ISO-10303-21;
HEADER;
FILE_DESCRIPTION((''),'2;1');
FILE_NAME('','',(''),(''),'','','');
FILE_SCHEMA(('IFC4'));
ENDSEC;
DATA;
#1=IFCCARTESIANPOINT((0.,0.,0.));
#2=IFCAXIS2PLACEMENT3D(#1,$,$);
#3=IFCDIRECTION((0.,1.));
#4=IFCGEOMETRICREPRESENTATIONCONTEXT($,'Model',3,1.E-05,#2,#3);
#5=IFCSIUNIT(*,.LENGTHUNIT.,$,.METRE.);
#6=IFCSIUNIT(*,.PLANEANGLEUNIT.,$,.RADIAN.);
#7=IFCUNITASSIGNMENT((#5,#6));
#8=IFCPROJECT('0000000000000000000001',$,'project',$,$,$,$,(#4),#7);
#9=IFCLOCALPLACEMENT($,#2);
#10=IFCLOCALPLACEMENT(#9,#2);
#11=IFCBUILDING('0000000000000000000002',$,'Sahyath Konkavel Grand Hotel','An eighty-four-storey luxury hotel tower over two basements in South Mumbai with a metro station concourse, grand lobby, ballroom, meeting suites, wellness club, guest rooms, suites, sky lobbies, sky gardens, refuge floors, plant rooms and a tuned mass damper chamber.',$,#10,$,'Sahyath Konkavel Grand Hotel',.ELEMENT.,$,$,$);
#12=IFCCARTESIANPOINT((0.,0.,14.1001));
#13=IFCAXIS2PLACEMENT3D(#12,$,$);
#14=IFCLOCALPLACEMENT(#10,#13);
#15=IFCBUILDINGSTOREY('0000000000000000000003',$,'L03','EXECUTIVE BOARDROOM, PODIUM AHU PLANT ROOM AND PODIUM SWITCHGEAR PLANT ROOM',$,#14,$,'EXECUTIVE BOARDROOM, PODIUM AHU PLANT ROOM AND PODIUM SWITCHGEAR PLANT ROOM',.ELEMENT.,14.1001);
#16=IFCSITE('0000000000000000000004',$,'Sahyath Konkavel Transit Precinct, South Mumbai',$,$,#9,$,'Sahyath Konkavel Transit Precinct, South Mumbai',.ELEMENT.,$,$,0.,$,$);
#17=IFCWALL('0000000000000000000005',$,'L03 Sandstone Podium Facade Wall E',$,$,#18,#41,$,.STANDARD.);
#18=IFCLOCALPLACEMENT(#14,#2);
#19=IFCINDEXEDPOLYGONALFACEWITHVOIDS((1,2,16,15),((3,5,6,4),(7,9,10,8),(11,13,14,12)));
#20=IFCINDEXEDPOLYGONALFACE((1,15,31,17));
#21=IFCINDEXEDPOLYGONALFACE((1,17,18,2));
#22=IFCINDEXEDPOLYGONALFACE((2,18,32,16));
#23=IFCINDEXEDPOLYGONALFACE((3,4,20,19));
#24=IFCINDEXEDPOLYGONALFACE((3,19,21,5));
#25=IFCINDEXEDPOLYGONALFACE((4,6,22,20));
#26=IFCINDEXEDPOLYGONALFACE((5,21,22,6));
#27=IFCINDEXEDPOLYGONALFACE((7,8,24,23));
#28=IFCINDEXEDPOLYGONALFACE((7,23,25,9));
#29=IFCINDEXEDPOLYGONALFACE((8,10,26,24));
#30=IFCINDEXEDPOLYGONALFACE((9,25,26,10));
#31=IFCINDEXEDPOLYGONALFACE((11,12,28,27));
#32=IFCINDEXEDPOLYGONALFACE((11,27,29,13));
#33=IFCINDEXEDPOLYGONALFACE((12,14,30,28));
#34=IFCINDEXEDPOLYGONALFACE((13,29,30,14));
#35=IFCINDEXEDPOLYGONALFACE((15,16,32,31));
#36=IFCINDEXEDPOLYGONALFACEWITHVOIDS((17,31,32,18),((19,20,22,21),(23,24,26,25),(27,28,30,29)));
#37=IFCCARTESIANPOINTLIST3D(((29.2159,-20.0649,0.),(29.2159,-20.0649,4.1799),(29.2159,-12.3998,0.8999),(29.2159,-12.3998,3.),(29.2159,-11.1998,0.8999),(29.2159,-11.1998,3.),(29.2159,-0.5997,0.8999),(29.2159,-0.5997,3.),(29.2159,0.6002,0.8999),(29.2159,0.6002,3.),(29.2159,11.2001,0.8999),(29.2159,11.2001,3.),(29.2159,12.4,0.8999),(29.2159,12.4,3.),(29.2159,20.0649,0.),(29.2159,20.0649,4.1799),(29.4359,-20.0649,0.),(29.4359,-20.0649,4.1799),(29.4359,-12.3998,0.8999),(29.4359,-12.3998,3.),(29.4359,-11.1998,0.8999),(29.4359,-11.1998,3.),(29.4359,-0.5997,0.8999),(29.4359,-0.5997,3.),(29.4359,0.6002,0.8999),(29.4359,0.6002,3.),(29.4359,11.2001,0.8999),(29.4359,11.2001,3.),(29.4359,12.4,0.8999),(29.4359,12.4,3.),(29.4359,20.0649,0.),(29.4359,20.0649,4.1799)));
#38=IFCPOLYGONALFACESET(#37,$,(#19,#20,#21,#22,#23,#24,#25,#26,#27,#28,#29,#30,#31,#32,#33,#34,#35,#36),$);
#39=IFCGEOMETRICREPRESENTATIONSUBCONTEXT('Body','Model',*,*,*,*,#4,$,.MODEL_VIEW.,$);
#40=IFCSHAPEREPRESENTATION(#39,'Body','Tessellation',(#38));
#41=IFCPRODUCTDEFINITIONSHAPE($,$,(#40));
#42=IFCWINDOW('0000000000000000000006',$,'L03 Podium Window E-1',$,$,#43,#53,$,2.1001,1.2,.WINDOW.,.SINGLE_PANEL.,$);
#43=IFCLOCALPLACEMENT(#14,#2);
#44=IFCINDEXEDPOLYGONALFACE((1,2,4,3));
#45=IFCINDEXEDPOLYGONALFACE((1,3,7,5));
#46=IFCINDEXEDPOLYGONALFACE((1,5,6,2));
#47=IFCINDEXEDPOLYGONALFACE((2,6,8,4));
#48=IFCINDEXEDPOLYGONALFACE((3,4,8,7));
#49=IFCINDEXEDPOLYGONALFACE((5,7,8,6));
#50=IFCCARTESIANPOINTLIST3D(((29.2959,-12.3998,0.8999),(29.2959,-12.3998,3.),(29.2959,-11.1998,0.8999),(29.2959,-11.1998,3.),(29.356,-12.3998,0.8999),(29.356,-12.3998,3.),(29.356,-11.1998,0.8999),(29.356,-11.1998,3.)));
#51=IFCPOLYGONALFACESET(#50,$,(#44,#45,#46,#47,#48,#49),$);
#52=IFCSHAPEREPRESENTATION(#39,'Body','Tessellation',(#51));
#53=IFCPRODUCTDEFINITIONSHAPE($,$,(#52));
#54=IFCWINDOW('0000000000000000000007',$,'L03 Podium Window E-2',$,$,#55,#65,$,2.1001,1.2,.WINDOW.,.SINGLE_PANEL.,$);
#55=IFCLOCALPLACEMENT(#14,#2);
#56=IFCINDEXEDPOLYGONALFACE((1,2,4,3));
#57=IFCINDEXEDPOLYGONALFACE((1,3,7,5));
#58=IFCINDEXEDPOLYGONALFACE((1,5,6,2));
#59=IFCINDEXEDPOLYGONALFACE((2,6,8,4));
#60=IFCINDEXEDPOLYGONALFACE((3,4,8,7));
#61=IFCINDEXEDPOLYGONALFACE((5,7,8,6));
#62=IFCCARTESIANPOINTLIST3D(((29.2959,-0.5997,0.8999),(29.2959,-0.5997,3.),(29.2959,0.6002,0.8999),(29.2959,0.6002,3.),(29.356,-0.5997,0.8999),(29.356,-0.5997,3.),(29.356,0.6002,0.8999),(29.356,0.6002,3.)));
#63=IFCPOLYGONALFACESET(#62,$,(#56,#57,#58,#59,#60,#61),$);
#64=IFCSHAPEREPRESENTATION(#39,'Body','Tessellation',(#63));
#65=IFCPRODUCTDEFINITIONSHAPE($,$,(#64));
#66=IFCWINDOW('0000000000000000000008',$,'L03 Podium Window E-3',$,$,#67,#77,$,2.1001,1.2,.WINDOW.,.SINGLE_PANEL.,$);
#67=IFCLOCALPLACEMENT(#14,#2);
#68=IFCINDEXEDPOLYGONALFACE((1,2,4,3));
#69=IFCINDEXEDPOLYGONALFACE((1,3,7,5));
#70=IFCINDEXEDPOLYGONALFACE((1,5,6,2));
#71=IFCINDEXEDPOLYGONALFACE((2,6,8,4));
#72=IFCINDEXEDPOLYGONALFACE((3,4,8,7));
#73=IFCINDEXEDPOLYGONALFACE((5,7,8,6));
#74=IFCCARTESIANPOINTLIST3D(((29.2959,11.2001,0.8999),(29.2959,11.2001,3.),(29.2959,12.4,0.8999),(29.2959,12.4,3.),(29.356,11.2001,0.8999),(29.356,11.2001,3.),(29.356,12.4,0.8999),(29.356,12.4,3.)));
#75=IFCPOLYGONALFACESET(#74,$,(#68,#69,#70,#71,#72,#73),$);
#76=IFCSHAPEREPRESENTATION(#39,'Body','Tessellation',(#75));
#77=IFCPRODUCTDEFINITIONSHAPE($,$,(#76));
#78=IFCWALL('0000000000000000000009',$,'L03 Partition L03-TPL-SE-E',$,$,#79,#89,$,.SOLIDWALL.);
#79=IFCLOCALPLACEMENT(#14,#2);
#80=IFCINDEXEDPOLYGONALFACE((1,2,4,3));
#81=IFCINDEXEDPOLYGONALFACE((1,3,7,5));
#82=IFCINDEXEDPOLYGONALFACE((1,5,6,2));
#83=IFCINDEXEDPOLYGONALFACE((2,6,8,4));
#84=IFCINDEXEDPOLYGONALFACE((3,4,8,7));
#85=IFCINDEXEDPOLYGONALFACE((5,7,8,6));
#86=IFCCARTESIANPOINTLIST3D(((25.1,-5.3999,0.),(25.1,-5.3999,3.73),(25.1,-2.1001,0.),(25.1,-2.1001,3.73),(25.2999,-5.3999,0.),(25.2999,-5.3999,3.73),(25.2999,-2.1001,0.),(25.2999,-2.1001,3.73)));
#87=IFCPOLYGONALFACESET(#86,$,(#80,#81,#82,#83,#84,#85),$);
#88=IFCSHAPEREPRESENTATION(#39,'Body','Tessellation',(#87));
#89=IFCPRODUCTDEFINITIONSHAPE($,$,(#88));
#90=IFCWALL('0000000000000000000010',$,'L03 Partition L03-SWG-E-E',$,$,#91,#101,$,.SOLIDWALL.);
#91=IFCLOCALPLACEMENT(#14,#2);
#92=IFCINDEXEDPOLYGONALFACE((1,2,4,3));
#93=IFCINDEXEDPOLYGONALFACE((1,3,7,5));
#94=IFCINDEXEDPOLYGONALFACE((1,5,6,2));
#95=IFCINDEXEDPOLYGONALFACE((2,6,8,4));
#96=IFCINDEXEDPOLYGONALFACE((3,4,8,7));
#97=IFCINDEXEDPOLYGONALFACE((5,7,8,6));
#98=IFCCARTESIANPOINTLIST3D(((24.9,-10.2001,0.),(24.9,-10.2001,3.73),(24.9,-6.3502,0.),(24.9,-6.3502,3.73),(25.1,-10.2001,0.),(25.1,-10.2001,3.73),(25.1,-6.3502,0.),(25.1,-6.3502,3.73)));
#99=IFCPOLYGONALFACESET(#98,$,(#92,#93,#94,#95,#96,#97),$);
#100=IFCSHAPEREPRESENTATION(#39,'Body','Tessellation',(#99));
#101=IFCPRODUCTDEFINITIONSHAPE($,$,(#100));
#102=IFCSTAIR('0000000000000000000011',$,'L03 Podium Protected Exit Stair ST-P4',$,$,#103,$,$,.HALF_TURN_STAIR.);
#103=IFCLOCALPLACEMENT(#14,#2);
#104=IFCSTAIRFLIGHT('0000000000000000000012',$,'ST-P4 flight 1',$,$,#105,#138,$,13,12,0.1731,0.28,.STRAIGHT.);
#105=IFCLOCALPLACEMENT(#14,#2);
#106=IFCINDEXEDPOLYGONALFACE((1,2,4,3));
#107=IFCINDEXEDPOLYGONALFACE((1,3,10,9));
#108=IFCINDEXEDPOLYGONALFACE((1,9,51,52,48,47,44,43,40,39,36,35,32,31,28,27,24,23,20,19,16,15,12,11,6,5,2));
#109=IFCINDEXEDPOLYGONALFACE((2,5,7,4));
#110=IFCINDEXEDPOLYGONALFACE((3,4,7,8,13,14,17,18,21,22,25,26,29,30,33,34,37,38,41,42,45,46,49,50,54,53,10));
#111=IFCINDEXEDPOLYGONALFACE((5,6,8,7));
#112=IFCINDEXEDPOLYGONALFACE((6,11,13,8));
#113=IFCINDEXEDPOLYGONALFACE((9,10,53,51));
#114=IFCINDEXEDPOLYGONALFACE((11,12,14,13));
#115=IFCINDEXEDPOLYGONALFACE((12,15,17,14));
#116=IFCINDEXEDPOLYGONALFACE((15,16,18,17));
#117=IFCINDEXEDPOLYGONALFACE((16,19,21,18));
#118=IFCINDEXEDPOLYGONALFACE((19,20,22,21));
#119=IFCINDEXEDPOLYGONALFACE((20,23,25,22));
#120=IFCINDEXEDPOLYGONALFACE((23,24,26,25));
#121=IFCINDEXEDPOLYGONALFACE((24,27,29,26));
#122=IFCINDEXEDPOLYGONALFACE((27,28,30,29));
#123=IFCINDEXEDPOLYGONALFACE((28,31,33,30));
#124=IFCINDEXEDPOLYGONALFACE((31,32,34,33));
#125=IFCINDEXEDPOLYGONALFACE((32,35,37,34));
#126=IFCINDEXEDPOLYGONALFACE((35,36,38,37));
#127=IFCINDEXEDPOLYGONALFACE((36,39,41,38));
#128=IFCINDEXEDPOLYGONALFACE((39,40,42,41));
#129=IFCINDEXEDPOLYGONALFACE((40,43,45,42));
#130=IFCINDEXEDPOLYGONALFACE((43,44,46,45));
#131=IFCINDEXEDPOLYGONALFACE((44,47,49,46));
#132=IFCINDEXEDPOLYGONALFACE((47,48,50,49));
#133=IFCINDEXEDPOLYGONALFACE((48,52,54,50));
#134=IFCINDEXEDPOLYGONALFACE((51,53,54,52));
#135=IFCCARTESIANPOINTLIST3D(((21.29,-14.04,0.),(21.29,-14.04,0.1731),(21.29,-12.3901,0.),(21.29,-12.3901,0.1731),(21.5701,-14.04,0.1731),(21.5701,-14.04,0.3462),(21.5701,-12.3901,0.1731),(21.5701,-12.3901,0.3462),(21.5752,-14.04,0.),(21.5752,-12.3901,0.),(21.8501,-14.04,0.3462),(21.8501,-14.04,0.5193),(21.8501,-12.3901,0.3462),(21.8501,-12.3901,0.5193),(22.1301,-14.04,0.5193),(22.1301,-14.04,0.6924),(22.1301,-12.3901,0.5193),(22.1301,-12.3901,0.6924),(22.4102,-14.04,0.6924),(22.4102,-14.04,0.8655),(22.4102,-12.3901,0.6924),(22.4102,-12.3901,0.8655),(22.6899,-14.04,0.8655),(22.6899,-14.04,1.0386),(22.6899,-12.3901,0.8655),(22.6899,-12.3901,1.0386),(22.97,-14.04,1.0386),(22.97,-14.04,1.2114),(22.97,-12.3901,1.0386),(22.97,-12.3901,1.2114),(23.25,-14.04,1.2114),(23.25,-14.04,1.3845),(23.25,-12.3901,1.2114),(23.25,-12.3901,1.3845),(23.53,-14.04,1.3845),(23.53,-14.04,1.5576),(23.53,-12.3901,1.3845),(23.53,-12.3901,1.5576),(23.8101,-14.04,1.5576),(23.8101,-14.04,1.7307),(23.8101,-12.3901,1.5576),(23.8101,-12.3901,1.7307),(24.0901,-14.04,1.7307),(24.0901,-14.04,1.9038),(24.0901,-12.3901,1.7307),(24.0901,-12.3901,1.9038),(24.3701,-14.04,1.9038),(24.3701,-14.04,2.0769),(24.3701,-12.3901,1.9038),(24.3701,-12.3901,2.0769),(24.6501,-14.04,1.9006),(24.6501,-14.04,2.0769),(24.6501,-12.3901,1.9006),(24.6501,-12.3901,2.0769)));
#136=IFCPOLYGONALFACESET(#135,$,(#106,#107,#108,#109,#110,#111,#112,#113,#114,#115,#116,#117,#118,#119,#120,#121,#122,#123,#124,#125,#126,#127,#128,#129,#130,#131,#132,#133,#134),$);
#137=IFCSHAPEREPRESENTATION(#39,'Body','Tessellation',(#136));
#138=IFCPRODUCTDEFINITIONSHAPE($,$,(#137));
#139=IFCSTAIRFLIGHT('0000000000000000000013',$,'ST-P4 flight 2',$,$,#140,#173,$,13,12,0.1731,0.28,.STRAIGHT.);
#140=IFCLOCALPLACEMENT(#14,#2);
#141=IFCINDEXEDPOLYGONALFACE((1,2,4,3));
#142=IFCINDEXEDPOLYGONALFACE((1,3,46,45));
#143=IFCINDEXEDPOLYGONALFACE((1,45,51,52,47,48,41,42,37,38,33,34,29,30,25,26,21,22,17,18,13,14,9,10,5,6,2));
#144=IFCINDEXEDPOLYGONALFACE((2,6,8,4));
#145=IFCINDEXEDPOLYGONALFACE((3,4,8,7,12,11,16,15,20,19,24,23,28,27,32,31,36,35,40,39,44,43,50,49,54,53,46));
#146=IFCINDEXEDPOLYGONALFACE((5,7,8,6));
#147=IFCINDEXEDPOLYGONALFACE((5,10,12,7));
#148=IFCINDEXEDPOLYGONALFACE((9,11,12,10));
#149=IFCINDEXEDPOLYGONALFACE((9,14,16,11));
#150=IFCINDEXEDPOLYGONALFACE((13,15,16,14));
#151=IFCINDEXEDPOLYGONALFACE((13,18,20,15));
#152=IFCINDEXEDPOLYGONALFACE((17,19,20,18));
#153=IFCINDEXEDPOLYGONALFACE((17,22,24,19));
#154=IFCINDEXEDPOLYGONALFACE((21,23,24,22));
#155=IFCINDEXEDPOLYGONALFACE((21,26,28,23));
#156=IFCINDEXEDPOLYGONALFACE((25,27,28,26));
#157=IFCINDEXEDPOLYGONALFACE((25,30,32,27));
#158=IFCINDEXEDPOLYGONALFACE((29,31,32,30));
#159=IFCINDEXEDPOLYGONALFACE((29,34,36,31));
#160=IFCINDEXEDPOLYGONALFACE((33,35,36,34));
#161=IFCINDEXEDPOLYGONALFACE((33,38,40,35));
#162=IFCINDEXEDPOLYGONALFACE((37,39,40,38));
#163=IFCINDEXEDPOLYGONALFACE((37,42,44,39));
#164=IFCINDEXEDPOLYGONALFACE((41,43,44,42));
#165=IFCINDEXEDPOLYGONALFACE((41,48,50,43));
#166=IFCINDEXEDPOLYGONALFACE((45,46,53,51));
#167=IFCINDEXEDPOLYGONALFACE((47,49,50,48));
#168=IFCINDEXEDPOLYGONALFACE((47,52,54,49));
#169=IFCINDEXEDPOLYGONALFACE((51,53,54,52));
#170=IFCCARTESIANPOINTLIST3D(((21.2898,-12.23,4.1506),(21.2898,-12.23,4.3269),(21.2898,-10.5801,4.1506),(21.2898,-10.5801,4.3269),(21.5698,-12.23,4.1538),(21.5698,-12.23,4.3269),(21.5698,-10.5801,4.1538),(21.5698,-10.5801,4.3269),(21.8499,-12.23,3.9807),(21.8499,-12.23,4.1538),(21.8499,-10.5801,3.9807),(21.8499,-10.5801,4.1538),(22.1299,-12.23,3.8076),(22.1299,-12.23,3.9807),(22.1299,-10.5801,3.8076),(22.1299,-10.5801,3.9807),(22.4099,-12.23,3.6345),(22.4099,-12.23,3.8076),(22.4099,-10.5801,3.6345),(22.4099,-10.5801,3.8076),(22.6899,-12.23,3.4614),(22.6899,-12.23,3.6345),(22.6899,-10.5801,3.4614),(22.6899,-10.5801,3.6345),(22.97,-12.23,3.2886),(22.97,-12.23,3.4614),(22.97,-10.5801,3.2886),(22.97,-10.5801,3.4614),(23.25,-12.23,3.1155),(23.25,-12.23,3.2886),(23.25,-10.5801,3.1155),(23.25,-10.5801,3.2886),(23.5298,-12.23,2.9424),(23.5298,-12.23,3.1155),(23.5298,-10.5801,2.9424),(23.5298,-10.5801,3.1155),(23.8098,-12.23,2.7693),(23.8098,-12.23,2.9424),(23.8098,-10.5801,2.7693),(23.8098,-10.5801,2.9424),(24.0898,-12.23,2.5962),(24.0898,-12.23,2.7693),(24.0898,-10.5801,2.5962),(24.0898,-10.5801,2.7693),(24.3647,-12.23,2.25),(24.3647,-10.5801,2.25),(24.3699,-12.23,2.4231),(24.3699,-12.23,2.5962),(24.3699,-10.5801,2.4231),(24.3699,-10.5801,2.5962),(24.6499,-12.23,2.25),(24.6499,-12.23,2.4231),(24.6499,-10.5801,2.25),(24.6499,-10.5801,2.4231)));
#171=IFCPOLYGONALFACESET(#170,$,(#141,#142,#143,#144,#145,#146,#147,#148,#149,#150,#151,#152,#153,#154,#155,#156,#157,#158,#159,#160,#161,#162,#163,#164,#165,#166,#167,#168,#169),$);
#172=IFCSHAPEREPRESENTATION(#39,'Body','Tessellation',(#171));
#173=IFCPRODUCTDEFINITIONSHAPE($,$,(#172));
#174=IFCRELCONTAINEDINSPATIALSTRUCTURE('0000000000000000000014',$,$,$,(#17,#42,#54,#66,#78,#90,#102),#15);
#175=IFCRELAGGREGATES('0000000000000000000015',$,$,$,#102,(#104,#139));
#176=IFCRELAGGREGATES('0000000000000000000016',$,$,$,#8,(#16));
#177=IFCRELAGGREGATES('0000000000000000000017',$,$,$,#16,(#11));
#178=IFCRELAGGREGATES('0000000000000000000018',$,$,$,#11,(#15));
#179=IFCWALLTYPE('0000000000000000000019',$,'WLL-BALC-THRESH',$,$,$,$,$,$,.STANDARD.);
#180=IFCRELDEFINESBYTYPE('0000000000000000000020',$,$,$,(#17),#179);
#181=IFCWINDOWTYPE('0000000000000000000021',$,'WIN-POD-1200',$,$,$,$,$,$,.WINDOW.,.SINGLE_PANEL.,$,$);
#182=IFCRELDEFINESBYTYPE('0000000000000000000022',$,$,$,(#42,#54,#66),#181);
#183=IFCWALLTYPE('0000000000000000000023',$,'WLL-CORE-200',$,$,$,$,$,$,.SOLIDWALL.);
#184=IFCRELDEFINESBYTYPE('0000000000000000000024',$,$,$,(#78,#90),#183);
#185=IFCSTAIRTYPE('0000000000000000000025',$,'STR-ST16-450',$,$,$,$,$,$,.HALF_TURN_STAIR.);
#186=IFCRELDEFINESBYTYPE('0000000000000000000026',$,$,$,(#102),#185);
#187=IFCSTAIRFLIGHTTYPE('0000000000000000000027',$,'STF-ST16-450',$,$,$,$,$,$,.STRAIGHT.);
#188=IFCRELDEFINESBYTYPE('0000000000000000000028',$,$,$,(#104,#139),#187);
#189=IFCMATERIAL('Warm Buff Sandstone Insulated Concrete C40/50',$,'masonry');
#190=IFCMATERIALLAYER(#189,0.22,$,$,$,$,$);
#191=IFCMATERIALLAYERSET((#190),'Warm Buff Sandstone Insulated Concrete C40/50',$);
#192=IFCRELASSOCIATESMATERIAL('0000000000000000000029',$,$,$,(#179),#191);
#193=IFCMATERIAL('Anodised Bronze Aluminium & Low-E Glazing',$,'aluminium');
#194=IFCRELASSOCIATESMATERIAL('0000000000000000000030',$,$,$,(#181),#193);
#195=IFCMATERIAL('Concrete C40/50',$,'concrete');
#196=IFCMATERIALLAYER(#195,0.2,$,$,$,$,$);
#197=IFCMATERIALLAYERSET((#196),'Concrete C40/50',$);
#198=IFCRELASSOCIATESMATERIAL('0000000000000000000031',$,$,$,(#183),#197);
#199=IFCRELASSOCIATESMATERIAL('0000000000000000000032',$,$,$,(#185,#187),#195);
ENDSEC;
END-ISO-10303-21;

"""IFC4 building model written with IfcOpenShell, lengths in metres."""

from ifc_helpers import new_model, si_unit, direction, frame, frame_2d, origin, origin_2d, place, context, subcontext, project, spatial, polyline, rectangle, outline, extrude, source, transform, mapped, material, layer, layer_set, type_object, element, fill, aggregate, save


model = new_model("IFC4")

# Units and contexts
model_context = context("Model", 3, precision=1e-05, world=origin(), true_north=direction((0.0, 1.0)))
body_context = subcontext(model_context, "Body", "Model", "MODEL_VIEW")
ifc_project = project(units=[si_unit("LENGTHUNIT", "METRE"), si_unit("PLANEANGLEUNIT", "RADIAN")], contexts=[model_context])

# Site, building, storey
site_placement = place(None, origin())
site = spatial("IfcSite", under=ifc_project, at=site_placement, Name="Sahyath Konkavel Transit Precinct, South Mumbai", LongName="Sahyath Konkavel Transit Precinct, South Mumbai", CompositionType="ELEMENT", RefElevation=0.0)
building_placement = place(site_placement, origin())
building = spatial("IfcBuilding", under=site, at=building_placement, Name="Sahyath Konkavel Grand Hotel", Description="An eighty-four-storey luxury hotel tower over two basements in South Mumbai with a metro station concourse, grand lobby, ballroom, meeting suites, wellness club, guest rooms, suites, sky lobbies, sky gardens, refuge floors, plant rooms and a tuned mass damper chamber.", LongName="Sahyath Konkavel Grand Hotel", CompositionType="ELEMENT")
storey_placement = place(building_placement, frame((0.0, 0.0, 14.1001)))
storey = spatial("IfcBuildingStorey", under=building, at=storey_placement, Name="L03", Description="EXECUTIVE BOARDROOM, PODIUM AHU PLANT ROOM AND PODIUM SWITCHGEAR PLANT ROOM", LongName="EXECUTIVE BOARDROOM, PODIUM AHU PLANT ROOM AND PODIUM SWITCHGEAR PLANT ROOM", CompositionType="ELEMENT", Elevation=14.1001)

# Shared definitions
ifc_material_1 = material(Name="Anodised Bronze Aluminium & Low-E Glazing", Category="aluminium")

# Shared definitions
ifc_material_2 = material(Name="Concrete C40/50", Category="concrete")
ifc_material_3 = material(Name="Warm Buff Sandstone Insulated Concrete C40/50", Category="masonry")
ifc_layer_1 = layer(ifc_material_3, 0.22)
ifc_layer_set_1 = layer_set([ifc_layer_1], Name="Warm Buff Sandstone Insulated Concrete C40/50")
wall_type_1 = type_object("IfcWallType", Name="WLL-BALC-THRESH", PredefinedType="STANDARD", material=ifc_layer_set_1)

# Wall, openings, windows
wall_1_placement = place(storey_placement, frame((29.3259, -20.0649, 0.0), z_axis=(0.0, 0.0, 1.0), x_axis=(0.0, 1.0, 0.0)))
wall_1 = element("IfcWall", 1, at=wall_1_placement, inside=storey, type_object=wall_type_1, Name="L03 Sandstone Podium Facade Wall E", PredefinedType="STANDARD", context=body_context, shape_type="SweptSolid", body=[
    extrude(rectangle(XDim=40.1299, YDim=0.22, at=frame_2d((20.0649, 0.0))), origin(), (0.0, 0.0, 1.0), 4.1799),
])
opening_1_placement = place(wall_1_placement, frame((7.665, 0.0, 0.8999)))
opening_1 = element("IfcOpeningElement", 2, at=opening_1_placement, cuts=wall_1, PredefinedType="OPENING", context=body_context, shape_type="SweptSolid", body=[
    extrude(rectangle(XDim=1.2, YDim=2.1001, at=frame_2d((0.6001, 1.05))), frame((0.0, 0.1201, 0.0), z_axis=(0.0, -1.0, 0.0), x_axis=(1.0, 0.0, 0.0)), (0.0, 0.0, 1.0), 0.24),
])
opening_2_placement = place(wall_1_placement, frame((19.4651, 0.0, 0.8999)))
opening_2 = element("IfcOpeningElement", 3, at=opening_2_placement, cuts=wall_1, PredefinedType="OPENING", context=body_context, shape_type="SweptSolid", body=[
    extrude(rectangle(XDim=1.2, YDim=2.1001, at=frame_2d((0.6001, 1.05))), frame((0.0, 0.1201, 0.0), z_axis=(0.0, -1.0, 0.0), x_axis=(1.0, 0.0, 0.0)), (0.0, 0.0, 1.0), 0.24),
])
opening_3_placement = place(wall_1_placement, frame((31.2649, 0.0, 0.8999)))
opening_3 = element("IfcOpeningElement", 4, at=opening_3_placement, cuts=wall_1, PredefinedType="OPENING", context=body_context, shape_type="SweptSolid", body=[
    extrude(rectangle(XDim=1.2, YDim=2.1001, at=frame_2d((0.6001, 1.05))), frame((0.0, 0.1201, 0.0), z_axis=(0.0, -1.0, 0.0), x_axis=(1.0, 0.0, 0.0)), (0.0, 0.0, 1.0), 0.24),
])
window_type = type_object("IfcWindowType", Name="WIN-POD-1200", PartitioningType="SINGLE_PANEL", PredefinedType="WINDOW", material=ifc_material_1)
shared_shape_1 = source(origin(), body_context, "Body", "SweptSolid", [
    extrude(rectangle(XDim=1.2, YDim=0.0601, at=origin_2d()), origin(), (0.0, 0.0, 1.0), 2.1001),
])
window_1_placement = place(opening_1_placement, frame((0.6001, 0.0, 0.0)))
window_1 = element("IfcWindow", 5, at=window_1_placement, inside=storey, type_object=window_type, Name="L03 Podium Window E-1", OverallHeight=2.1001, OverallWidth=1.2, PartitioningType="SINGLE_PANEL", PredefinedType="WINDOW", context=body_context, shape_type="MappedRepresentation", body=[
    mapped(shared_shape_1, transform((0.0, 0.0, 0.0), scale=1.0)),
])
fill(opening_1, window_1)
window_2_placement = place(opening_2_placement, frame((0.6001, 0.0, 0.0)))
window_2 = element("IfcWindow", 6, at=window_2_placement, inside=storey, type_object=window_type, Name="L03 Podium Window E-2", OverallHeight=2.1001, OverallWidth=1.2, PartitioningType="SINGLE_PANEL", PredefinedType="WINDOW", context=body_context, shape_type="MappedRepresentation", body=[
    mapped(shared_shape_1, transform((0.0, 0.0, 0.0), scale=1.0)),
])
fill(opening_2, window_2)
window_3_placement = place(opening_3_placement, frame((0.6001, 0.0, 0.0)))
window_3 = element("IfcWindow", 7, at=window_3_placement, inside=storey, type_object=window_type, Name="L03 Podium Window E-3", OverallHeight=2.1001, OverallWidth=1.2, PartitioningType="SINGLE_PANEL", PredefinedType="WINDOW", context=body_context, shape_type="MappedRepresentation", body=[
    mapped(shared_shape_1, transform((0.0, 0.0, 0.0), scale=1.0)),
])
fill(opening_3, window_3)

# Walls
ifc_layer_2 = layer(ifc_material_2, 0.2)
ifc_layer_set_2 = layer_set([ifc_layer_2], Name="Concrete C40/50")
wall_type_2 = type_object("IfcWallType", Name="WLL-CORE-200", PredefinedType="SOLIDWALL", material=ifc_layer_set_2)
wall_2_placement = place(storey_placement, frame((25.2, -5.3999, 0.0), z_axis=(0.0, 0.0, 1.0), x_axis=(0.0, 1.0, 0.0)))
element("IfcWall", 8, at=wall_2_placement, inside=storey, type_object=wall_type_2, Name="L03 Partition L03-TPL-SE-E", PredefinedType="SOLIDWALL", context=body_context, shape_type="SweptSolid", body=[
    extrude(rectangle(XDim=3.2998, YDim=0.2, at=frame_2d((1.6499, 0.0))), origin(), (0.0, 0.0, 1.0), 3.73),
])
wall_3_placement = place(storey_placement, frame((25.0, -10.2, 0.0), z_axis=(0.0, 0.0, 1.0), x_axis=(0.0, 1.0, 0.0)))
element("IfcWall", 9, at=wall_3_placement, inside=storey, type_object=wall_type_2, Name="L03 Partition L03-SWG-E-E", PredefinedType="SOLIDWALL", context=body_context, shape_type="SweptSolid", body=[
    extrude(rectangle(XDim=3.8499, YDim=0.2, at=frame_2d((1.9248, 0.0))), origin(), (0.0, 0.0, 1.0), 3.73),
])

# Stair, stair flights
stair_type = type_object("IfcStairType", Name="STR-ST16-450", PredefinedType="HALF_TURN_STAIR", material=ifc_material_2)
stair_placement = place(storey_placement, origin())
stair = element("IfcStair", 10, at=stair_placement, inside=storey, type_object=stair_type, Name="L03 Podium Protected Exit Stair ST-P4", PredefinedType="HALF_TURN_STAIR")
stair_flight_type = type_object("IfcStairFlightType", Name="STF-ST16-450", PredefinedType="STRAIGHT", material=ifc_material_2)
stair_flight_1_placement = place(storey_placement, frame((21.29, -13.2151, 0.0), z_axis=(0.0, 0.0, 1.0), x_axis=(1.0, 0.0, 0.0)))
stair_flight_1 = element("IfcStairFlight", 11, at=stair_flight_1_placement, type_object=stair_flight_type, Name="ST-P4 flight 1", NumberOfRisers=13, NumberOfTreads=12, PredefinedType="STRAIGHT", RiserHeight=0.1731, TreadLength=0.28, context=body_context, shape_type="SweptSolid", body=[
    extrude(outline(polyline([(0.0, 0.0), (0.0, 0.1731), (0.28, 0.1731), (0.28, 0.3462), (0.5601, 0.3462), (0.5601, 0.5193), (0.8401, 0.5193), (0.8401, 0.6924), (1.1201, 0.6924), (1.1201, 0.8655), (1.3999, 0.8655), (1.3999, 1.0386), (1.6799, 1.0386), (1.6799, 1.2114), (1.96, 1.2114), (1.96, 1.3845), (2.24, 1.3845), (2.24, 1.5576), (2.52, 1.5576), (2.52, 1.7307), (2.8, 1.7307), (2.8, 1.9038), (3.0801, 1.9038), (3.0801, 2.0769), (3.3601, 2.0769), (3.3601, 2.25), (3.3601, 1.9006), (0.2852, 0.0), (0.0, 0.0)])), frame((0.0, 0.825, 0.0), z_axis=(0.0, -1.0, 0.0), x_axis=(1.0, 0.0, 0.0)), (0.0, 0.0, 1.0), 1.6499),
])
stair_flight_2_placement = place(storey_placement, frame((24.6499, -11.405, 2.25), z_axis=(0.0, 0.0, 1.0), x_axis=(-1.0, 0.0, 0.0)))
stair_flight_2 = element("IfcStairFlight", 12, at=stair_flight_2_placement, type_object=stair_flight_type, Name="ST-P4 flight 2", NumberOfRisers=13, NumberOfTreads=12, PredefinedType="STRAIGHT", RiserHeight=0.1731, TreadLength=0.28, context=body_context, shape_type="SweptSolid", body=[
    extrude(outline(polyline([(0.0, 0.0), (0.0, 0.1731), (0.28, 0.1731), (0.28, 0.3462), (0.5601, 0.3462), (0.5601, 0.5193), (0.8401, 0.5193), (0.8401, 0.6924), (1.1201, 0.6924), (1.1201, 0.8655), (1.3999, 0.8655), (1.3999, 1.0386), (1.6799, 1.0386), (1.6799, 1.2114), (1.96, 1.2114), (1.96, 1.3845), (2.24, 1.3845), (2.24, 1.5576), (2.52, 1.5576), (2.52, 1.7307), (2.8, 1.7307), (2.8, 1.9038), (3.0801, 1.9038), (3.0801, 2.0769), (3.3601, 2.0769), (3.3601, 2.25), (3.3601, 1.9006), (0.2852, 0.0), (0.0, 0.0)])), frame((0.0, 0.825, 0.0), z_axis=(0.0, -1.0, 0.0), x_axis=(1.0, 0.0, 0.0)), (0.0, 0.0, 1.0), 1.6499),
])
aggregate(stair, [stair_flight_1, stair_flight_2])

save(model, "model.ifc")
